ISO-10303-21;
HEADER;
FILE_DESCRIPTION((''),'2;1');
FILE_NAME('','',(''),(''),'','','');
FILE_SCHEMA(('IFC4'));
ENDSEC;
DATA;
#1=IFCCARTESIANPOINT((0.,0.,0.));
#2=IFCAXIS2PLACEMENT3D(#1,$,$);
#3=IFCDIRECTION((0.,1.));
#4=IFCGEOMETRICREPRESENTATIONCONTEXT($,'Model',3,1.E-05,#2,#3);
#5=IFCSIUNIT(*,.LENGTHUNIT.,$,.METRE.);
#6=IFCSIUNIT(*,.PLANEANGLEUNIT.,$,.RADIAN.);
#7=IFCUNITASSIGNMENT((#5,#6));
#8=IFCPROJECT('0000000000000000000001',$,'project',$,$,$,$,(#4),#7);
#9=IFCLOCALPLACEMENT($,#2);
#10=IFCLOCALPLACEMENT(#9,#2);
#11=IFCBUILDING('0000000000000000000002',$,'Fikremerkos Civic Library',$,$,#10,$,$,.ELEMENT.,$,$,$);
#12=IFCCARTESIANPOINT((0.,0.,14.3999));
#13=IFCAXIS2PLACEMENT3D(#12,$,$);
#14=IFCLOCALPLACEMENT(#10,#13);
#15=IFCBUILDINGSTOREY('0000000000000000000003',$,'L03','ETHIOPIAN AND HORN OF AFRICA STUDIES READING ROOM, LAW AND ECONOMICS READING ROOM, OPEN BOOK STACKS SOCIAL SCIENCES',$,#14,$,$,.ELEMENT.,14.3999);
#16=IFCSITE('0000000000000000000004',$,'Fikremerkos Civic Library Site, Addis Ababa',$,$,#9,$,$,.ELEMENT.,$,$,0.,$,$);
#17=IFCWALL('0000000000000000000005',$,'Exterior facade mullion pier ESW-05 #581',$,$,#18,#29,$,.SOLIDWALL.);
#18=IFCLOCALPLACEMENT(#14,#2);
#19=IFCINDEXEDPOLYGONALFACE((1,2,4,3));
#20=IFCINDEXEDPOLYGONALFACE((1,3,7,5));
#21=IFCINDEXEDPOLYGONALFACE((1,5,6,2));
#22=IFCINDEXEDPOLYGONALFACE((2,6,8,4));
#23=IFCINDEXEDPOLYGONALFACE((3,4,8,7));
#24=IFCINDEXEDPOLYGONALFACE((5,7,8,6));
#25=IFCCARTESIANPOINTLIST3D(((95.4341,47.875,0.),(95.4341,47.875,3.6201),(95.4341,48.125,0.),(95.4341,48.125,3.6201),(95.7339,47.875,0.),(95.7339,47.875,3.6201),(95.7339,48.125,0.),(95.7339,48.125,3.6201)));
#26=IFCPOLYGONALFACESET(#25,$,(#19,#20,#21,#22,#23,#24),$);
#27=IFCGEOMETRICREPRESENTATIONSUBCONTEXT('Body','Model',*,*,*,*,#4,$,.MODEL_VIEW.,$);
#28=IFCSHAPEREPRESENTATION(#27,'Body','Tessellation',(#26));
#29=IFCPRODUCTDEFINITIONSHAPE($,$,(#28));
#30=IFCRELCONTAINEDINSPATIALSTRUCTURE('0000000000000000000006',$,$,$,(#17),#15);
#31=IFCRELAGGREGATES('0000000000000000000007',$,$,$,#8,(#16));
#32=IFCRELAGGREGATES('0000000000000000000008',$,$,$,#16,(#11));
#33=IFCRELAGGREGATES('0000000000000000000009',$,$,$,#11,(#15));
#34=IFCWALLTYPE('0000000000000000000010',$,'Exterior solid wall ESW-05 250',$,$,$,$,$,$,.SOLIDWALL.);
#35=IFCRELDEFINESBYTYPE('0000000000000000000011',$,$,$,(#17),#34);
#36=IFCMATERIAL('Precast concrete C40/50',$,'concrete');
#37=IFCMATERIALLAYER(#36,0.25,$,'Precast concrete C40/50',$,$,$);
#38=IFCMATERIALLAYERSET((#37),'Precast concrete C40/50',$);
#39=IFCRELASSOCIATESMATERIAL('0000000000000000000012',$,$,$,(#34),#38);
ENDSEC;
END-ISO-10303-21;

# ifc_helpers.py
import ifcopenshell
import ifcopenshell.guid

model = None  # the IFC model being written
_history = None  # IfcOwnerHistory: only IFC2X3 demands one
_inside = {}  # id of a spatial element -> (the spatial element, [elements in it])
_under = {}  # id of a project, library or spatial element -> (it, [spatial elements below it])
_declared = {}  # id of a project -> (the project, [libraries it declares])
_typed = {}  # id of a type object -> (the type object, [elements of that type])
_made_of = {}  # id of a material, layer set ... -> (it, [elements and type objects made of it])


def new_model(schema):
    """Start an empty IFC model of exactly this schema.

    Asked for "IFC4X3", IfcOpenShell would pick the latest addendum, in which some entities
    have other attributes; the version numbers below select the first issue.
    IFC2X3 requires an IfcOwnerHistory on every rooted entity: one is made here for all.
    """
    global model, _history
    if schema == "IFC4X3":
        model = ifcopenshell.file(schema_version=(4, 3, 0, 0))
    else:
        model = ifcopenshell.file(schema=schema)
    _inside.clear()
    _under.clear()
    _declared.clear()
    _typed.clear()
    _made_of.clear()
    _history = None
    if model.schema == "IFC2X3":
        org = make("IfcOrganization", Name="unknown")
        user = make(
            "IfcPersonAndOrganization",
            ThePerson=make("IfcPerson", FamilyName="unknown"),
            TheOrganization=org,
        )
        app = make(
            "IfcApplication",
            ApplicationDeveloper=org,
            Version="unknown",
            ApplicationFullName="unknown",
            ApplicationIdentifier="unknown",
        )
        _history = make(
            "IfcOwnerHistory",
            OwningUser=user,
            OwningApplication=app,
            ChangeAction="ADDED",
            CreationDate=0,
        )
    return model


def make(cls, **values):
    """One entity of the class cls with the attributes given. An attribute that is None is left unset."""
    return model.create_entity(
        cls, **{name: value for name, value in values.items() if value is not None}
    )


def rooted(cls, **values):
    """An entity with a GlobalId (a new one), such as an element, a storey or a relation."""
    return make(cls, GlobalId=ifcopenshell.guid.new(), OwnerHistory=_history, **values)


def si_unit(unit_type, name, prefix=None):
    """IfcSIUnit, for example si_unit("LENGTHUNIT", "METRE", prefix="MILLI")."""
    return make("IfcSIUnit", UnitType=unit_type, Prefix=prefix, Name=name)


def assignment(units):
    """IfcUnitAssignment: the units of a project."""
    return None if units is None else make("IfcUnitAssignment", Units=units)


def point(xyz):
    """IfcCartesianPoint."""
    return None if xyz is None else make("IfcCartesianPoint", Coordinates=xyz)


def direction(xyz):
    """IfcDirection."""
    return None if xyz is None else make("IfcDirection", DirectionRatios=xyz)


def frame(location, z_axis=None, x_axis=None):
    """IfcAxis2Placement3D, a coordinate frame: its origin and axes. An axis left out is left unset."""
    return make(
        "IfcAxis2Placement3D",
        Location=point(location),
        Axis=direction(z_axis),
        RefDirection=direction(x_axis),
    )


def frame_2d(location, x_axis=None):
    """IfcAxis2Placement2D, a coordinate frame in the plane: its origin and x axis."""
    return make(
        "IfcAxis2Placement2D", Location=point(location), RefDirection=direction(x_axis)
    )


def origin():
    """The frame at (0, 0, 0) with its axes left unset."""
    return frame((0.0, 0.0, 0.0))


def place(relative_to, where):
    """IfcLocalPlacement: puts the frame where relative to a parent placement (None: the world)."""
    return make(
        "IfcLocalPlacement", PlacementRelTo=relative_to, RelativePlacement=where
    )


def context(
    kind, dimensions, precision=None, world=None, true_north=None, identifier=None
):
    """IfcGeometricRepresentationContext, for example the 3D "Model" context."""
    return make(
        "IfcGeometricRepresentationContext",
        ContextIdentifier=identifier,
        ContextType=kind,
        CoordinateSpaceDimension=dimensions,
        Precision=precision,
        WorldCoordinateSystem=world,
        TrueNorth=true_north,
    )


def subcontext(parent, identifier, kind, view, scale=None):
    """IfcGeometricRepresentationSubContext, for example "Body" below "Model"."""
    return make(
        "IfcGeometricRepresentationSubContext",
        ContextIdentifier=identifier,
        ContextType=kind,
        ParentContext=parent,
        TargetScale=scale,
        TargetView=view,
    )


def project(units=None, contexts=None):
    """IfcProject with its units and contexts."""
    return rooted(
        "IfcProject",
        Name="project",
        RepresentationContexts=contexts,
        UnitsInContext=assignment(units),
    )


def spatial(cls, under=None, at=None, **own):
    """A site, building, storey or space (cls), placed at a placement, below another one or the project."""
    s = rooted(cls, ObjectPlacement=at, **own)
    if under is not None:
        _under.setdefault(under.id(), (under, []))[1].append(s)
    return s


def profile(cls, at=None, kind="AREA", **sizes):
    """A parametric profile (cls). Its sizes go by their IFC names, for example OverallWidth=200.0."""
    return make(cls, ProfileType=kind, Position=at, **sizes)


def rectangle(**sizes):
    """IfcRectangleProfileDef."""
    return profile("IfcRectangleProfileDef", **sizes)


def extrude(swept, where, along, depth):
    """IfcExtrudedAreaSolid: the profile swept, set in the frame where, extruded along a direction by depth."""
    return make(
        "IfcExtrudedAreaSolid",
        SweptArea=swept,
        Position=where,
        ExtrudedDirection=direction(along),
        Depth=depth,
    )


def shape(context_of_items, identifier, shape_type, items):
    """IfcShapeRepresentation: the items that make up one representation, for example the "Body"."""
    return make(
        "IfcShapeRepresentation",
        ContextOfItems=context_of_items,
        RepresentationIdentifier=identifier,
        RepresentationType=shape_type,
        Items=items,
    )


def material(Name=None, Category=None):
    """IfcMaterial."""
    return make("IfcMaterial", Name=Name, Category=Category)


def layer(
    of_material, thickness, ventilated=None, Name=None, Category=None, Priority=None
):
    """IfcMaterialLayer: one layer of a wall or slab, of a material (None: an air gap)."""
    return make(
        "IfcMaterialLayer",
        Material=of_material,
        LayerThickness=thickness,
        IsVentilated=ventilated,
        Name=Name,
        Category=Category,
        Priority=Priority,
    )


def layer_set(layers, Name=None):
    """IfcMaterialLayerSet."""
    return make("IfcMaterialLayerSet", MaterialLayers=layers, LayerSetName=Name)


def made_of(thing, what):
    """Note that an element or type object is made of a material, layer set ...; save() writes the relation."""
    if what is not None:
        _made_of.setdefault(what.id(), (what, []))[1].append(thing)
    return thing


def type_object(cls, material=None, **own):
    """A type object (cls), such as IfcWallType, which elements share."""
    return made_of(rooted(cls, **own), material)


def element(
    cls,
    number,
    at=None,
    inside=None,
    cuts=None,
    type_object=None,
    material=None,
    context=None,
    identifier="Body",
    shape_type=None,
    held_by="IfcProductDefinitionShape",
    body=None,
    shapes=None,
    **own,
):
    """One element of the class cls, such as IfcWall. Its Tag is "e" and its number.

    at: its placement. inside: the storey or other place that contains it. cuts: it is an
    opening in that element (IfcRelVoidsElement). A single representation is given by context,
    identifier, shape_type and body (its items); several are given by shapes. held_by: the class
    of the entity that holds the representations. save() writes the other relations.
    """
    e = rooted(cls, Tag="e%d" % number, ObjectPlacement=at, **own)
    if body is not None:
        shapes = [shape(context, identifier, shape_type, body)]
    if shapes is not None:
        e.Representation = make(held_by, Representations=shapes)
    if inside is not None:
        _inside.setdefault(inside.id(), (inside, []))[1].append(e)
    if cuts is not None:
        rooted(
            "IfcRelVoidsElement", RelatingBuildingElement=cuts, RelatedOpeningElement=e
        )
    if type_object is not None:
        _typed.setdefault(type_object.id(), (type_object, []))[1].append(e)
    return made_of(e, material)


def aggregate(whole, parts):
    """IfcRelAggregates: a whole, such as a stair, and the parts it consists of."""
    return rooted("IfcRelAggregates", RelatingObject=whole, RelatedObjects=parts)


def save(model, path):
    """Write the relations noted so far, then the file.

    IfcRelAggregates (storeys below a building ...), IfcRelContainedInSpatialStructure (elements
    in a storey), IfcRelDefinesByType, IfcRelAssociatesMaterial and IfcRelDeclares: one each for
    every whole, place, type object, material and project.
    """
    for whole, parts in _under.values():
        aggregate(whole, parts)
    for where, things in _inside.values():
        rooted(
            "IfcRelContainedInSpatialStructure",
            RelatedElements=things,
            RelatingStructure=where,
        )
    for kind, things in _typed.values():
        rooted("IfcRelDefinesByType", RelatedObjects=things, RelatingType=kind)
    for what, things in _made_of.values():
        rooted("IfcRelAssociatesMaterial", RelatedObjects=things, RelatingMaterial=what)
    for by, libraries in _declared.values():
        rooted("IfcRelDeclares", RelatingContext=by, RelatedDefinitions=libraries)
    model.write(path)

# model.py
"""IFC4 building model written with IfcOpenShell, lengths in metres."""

from ifc_helpers import new_model, si_unit, direction, frame, frame_2d, origin, place, context, subcontext, project, spatial, rectangle, extrude, material, layer, layer_set, type_object, element, save


model = new_model("IFC4")

# Units and contexts
model_context = context("Model", 3, precision=1e-05, world=origin(), true_north=direction((0.0, 1.0)))
body_context = subcontext(model_context, "Body", "Model", "MODEL_VIEW")
ifc_project = project(units=[si_unit("LENGTHUNIT", "METRE"), si_unit("PLANEANGLEUNIT", "RADIAN")], contexts=[model_context])

# Site, building, storey
site_placement = place(None, origin())
site = spatial("IfcSite", under=ifc_project, at=site_placement, Name="Fikremerkos Civic Library Site, Addis Ababa", CompositionType="ELEMENT", RefElevation=0.0)
building_placement = place(site_placement, origin())
building = spatial("IfcBuilding", under=site, at=building_placement, Name="Fikremerkos Civic Library", CompositionType="ELEMENT")
storey_placement = place(building_placement, frame((0.0, 0.0, 14.3999)))
storey = spatial("IfcBuildingStorey", under=building, at=storey_placement, Name="L03", Description="ETHIOPIAN AND HORN OF AFRICA STUDIES READING ROOM, LAW AND ECONOMICS READING ROOM, OPEN BOOK STACKS SOCIAL SCIENCES", CompositionType="ELEMENT", Elevation=14.3999)

# Wall
ifc_material_1 = material(Name="Precast concrete C40/50", Category="concrete")
ifc_layer_1 = layer(ifc_material_1, 0.25, Name="Precast concrete C40/50")
ifc_layer_set_1 = layer_set([ifc_layer_1], Name="Precast concrete C40/50")
wall_type = type_object("IfcWallType", Name="Exterior solid wall ESW-05 250", PredefinedType="SOLIDWALL", material=ifc_layer_set_1)
wall_1_placement = place(storey_placement, frame((95.4341, 48.0, 0.0), z_axis=(0.0, 0.0, 1.0), x_axis=(1.0, 0.0, 0.0)))
element("IfcWall", 1, at=wall_1_placement, inside=storey, type_object=wall_type, Name="Exterior facade mullion pier ESW-05 #581", PredefinedType="SOLIDWALL", context=body_context, shape_type="SweptSolid", body=[
    extrude(rectangle(XDim=0.2998, YDim=0.25, at=frame_2d((0.1499, 0.0))), origin(), (0.0, 0.0, 1.0), 3.6201),
])

save(model, "model.ifc")
